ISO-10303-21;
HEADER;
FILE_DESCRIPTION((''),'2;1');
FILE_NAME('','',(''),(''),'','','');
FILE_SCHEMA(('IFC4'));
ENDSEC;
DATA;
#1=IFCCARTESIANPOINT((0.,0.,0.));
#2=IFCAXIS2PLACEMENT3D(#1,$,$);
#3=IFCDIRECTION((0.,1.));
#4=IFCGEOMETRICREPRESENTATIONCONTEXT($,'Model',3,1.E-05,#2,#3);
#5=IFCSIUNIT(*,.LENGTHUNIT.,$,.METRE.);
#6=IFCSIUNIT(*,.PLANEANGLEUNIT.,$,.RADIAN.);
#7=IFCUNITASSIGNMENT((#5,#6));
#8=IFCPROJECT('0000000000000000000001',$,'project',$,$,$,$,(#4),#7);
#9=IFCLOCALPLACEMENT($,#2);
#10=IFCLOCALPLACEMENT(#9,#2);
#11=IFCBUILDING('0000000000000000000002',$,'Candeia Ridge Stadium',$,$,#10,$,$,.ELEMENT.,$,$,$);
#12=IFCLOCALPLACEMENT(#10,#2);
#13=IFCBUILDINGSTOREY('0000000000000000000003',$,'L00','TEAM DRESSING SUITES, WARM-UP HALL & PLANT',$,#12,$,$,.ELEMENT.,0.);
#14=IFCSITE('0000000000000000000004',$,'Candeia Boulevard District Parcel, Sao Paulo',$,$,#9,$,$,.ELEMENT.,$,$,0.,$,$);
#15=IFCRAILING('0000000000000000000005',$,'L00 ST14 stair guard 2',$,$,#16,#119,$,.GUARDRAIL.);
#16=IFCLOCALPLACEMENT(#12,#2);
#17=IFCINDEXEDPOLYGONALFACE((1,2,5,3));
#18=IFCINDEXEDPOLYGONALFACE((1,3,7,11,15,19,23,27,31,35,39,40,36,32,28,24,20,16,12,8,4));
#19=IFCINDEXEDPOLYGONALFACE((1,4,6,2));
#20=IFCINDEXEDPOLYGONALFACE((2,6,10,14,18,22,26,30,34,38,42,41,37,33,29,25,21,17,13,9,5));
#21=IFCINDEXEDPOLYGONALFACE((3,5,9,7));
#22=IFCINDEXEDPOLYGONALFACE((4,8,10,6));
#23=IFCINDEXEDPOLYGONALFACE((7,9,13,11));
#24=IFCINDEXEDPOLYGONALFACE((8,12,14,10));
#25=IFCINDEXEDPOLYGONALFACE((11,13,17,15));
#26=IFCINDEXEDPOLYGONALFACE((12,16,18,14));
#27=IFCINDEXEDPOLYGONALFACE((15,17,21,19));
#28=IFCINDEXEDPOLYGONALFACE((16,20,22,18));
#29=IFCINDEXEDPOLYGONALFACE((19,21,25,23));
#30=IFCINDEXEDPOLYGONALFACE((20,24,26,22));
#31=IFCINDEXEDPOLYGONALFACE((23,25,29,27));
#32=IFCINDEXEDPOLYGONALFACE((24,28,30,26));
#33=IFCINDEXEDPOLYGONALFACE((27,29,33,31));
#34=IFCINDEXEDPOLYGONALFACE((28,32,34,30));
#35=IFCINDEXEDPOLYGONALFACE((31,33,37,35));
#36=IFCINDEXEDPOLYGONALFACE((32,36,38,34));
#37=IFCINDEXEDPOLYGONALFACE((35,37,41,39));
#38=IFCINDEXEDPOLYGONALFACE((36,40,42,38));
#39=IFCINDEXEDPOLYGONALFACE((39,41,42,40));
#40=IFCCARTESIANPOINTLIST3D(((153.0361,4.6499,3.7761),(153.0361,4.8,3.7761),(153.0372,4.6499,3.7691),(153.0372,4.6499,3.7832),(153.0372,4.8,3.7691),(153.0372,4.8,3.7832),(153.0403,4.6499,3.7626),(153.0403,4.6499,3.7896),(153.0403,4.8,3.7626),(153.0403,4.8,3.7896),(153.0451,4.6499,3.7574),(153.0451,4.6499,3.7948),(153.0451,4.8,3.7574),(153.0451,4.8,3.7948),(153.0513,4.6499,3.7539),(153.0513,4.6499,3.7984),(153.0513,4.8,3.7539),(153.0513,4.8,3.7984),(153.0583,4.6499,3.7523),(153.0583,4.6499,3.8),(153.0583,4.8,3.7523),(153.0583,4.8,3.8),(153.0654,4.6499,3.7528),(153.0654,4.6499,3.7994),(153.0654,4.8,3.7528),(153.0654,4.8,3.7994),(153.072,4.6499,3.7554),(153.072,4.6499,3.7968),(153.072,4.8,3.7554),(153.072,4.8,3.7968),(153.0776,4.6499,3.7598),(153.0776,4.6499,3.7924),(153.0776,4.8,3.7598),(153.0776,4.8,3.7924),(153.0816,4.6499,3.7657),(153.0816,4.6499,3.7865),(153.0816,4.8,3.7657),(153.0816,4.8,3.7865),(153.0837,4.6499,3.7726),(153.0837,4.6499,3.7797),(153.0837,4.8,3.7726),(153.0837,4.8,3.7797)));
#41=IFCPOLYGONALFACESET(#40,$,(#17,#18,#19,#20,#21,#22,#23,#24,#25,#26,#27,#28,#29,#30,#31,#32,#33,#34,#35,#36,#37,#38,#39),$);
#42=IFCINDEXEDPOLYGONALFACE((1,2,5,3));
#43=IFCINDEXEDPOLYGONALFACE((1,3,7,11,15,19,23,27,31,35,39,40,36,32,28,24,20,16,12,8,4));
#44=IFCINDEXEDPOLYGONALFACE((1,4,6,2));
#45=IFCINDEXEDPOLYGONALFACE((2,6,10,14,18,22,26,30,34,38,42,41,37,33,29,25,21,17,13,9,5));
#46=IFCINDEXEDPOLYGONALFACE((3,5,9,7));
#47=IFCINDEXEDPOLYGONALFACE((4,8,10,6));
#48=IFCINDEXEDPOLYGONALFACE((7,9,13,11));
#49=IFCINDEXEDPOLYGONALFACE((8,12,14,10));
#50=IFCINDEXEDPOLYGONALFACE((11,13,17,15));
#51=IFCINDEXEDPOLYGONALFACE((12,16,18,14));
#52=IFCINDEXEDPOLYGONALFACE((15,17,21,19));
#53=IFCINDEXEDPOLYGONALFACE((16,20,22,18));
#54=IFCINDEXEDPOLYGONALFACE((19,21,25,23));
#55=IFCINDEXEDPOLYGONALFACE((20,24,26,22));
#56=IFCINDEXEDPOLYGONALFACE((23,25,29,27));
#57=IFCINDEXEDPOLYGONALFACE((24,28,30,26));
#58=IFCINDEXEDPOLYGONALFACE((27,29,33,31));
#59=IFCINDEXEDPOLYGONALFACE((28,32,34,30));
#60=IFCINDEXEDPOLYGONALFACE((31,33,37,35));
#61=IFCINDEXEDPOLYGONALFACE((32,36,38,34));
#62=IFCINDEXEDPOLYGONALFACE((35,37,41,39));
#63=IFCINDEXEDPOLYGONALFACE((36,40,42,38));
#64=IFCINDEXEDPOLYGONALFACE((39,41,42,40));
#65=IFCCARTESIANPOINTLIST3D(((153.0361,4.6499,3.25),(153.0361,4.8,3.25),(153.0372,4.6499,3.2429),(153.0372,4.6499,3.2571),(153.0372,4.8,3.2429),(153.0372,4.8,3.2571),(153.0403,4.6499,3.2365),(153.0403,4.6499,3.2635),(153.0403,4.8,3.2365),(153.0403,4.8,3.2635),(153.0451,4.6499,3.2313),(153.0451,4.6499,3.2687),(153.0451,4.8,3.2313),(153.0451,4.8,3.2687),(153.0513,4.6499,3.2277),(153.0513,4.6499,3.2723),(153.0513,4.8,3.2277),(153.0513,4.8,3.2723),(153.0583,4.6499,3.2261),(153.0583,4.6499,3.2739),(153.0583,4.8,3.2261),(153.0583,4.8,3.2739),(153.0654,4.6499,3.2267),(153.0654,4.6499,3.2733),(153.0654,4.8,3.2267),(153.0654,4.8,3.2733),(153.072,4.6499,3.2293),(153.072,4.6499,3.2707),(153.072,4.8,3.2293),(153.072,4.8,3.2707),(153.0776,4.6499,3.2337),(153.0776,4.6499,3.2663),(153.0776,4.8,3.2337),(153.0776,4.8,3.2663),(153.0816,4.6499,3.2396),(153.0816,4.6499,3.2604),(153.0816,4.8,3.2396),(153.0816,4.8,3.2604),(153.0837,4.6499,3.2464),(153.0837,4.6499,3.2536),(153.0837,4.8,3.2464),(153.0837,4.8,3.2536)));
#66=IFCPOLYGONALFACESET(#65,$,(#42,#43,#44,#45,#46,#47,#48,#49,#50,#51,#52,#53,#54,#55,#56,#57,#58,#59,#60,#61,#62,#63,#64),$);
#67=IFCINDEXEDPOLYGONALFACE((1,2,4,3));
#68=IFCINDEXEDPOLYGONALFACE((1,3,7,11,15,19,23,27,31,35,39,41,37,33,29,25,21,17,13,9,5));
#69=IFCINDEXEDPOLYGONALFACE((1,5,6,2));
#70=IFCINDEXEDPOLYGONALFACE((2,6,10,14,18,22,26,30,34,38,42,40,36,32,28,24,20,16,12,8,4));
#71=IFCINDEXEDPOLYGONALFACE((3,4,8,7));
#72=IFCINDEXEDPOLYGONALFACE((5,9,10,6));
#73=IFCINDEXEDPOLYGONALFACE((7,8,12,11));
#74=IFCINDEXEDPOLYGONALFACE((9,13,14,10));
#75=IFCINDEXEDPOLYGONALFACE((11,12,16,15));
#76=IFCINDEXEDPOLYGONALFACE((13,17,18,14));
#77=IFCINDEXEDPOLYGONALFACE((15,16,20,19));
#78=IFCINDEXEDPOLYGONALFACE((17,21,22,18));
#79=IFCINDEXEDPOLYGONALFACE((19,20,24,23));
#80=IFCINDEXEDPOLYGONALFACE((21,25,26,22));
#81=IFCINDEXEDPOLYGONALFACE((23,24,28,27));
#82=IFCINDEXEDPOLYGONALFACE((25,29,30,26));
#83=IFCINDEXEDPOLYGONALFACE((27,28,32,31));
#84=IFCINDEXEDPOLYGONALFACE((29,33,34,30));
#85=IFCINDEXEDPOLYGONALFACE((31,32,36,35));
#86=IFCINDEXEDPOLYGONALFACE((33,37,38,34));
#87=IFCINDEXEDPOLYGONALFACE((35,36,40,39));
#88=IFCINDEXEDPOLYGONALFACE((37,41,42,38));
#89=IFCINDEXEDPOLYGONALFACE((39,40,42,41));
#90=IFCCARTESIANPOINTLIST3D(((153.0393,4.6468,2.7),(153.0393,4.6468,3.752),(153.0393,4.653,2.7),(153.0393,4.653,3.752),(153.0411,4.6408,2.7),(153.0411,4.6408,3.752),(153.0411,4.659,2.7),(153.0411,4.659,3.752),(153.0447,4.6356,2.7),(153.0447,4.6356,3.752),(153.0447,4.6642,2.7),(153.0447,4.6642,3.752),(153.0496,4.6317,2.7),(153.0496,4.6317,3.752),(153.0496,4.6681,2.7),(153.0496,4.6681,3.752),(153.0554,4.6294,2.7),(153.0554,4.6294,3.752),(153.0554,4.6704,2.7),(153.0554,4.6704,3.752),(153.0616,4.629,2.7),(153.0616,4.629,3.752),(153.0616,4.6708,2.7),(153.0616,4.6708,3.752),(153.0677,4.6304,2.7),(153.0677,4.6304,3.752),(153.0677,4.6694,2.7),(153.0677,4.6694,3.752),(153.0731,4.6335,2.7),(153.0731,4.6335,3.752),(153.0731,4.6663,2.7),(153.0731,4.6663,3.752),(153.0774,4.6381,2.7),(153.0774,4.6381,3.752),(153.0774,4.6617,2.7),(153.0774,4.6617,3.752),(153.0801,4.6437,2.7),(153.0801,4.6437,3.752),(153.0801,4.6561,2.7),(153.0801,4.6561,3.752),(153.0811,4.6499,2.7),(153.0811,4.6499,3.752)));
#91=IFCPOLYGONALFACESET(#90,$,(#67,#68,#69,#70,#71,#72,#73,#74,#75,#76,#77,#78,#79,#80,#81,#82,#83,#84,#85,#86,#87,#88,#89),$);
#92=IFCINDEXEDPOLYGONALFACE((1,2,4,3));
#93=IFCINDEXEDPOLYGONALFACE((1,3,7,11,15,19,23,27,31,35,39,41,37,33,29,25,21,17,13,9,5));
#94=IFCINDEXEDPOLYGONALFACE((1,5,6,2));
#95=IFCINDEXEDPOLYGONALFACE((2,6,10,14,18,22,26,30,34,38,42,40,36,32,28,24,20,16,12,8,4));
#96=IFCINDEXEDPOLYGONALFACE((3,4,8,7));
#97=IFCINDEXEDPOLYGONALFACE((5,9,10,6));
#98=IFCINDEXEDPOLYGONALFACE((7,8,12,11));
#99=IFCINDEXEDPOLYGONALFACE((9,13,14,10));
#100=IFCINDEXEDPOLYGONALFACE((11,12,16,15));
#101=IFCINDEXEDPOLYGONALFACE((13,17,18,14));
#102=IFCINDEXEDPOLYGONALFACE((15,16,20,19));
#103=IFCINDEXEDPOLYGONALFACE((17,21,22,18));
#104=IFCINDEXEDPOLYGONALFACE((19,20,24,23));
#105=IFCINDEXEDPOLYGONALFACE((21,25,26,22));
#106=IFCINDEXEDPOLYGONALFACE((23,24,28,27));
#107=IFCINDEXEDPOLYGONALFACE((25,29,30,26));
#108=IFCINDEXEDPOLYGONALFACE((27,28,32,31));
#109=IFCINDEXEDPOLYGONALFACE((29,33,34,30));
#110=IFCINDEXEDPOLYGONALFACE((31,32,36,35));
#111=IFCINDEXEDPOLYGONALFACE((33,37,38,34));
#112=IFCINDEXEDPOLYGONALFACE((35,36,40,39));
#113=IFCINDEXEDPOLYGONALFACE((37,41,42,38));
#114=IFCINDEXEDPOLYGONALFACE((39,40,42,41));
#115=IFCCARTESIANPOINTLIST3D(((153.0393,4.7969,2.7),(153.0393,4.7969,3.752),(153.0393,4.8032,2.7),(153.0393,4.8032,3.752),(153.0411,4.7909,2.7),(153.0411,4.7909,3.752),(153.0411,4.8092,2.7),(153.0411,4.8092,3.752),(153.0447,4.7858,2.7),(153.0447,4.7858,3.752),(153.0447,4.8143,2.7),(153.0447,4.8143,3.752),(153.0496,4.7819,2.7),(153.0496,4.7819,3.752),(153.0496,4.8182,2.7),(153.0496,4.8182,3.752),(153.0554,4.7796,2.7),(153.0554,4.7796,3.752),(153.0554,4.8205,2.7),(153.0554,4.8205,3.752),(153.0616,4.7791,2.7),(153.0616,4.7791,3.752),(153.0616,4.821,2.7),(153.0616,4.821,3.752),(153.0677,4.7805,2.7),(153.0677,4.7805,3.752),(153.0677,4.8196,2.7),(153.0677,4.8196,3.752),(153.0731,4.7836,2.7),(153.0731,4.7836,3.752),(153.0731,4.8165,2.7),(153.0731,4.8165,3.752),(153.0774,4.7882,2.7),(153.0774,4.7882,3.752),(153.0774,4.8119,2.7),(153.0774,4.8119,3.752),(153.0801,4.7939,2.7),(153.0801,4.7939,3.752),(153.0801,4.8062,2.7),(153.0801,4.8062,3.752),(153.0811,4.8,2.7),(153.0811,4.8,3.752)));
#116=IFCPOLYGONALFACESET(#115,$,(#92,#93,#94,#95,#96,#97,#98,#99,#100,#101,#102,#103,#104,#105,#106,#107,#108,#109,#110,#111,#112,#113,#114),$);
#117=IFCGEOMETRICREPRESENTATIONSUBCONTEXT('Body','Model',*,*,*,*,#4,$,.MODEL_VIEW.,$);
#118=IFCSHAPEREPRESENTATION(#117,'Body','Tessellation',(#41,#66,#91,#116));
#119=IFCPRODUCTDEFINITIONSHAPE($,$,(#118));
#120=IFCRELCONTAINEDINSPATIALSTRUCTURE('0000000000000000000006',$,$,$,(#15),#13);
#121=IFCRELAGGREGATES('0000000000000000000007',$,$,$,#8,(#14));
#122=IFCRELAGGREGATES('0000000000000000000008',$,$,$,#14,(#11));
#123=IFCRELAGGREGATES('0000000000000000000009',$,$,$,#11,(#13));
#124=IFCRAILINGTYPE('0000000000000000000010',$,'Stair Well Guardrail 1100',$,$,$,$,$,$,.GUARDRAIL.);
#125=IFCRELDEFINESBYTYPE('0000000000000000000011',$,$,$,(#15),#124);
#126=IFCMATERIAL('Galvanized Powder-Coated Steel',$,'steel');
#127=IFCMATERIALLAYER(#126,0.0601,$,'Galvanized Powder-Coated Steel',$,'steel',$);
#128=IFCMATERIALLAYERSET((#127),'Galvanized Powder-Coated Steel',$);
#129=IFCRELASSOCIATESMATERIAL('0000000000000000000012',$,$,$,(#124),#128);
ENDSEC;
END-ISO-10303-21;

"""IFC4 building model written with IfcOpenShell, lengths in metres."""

from ifc_helpers import new_model, si_unit, direction, frame, origin, origin_2d, place, context, subcontext, project, spatial, circle, extrude, material, layer, layer_set, type_object, element, save


model = new_model("IFC4")

# Units and contexts
model_context = context("Model", 3, precision=1e-05, world=origin(), true_north=direction((0.0, 1.0)))
body_context = subcontext(model_context, "Body", "Model", "MODEL_VIEW")
ifc_project = project(units=[si_unit("LENGTHUNIT", "METRE"), si_unit("PLANEANGLEUNIT", "RADIAN")], contexts=[model_context])

# Site, building, storey
site_placement = place(None, origin())
site = spatial("IfcSite", under=ifc_project, at=site_placement, Name="Candeia Boulevard District Parcel, Sao Paulo", CompositionType="ELEMENT", RefElevation=0.0)
building_placement = place(site_placement, origin())
building = spatial("IfcBuilding", under=site, at=building_placement, Name="Candeia Ridge Stadium", CompositionType="ELEMENT")
storey_placement = place(building_placement, origin())
storey = spatial("IfcBuildingStorey", under=building, at=storey_placement, Name="L00", Description="TEAM DRESSING SUITES, WARM-UP HALL & PLANT", CompositionType="ELEMENT", Elevation=0.0)

# Railing
ifc_material_1 = material(Name="Galvanized Powder-Coated Steel", Category="steel")
ifc_layer_1 = layer(ifc_material_1, 0.0601, Name="Galvanized Powder-Coated Steel", Category="steel")
ifc_layer_set_1 = layer_set([ifc_layer_1], Name="Galvanized Powder-Coated Steel")
railing_type_1 = type_object("IfcRailingType", Name="Stair Well Guardrail 1100", PredefinedType="GUARDRAIL", material=ifc_layer_set_1)
railing_1_placement = place(storey_placement, frame((153.0601, 4.6499, 2.7)))
element("IfcRailing", 1, at=railing_1_placement, inside=storey, type_object=railing_type_1, Name="L00 ST14 stair guard 2", PredefinedType="GUARDRAIL", context=body_context, shape_type="SweptSolid", body=[
    extrude(circle(Radius=0.0239, at=origin_2d()), frame((0.0, 0.0, 1.0762), z_axis=(0.0, 1.0, 0.0), x_axis=(-1.0, 0.0, 0.0)), (0.0, 0.0, 1.0), 0.1501),
    extrude(circle(Radius=0.0239, at=origin_2d()), frame((0.0, 0.0, 0.55), z_axis=(0.0, 1.0, 0.0), x_axis=(-1.0, 0.0, 0.0)), (0.0, 0.0, 1.0), 0.1501),
    extrude(circle(Radius=0.021, at=origin_2d()), origin(), (0.0, 0.0, 1.0), 1.052),
    extrude(circle(Radius=0.021, at=origin_2d()), frame((0.0, 0.1501, 0.0)), (0.0, 0.0, 1.0), 1.052),
])

save(model, "model.ifc")
